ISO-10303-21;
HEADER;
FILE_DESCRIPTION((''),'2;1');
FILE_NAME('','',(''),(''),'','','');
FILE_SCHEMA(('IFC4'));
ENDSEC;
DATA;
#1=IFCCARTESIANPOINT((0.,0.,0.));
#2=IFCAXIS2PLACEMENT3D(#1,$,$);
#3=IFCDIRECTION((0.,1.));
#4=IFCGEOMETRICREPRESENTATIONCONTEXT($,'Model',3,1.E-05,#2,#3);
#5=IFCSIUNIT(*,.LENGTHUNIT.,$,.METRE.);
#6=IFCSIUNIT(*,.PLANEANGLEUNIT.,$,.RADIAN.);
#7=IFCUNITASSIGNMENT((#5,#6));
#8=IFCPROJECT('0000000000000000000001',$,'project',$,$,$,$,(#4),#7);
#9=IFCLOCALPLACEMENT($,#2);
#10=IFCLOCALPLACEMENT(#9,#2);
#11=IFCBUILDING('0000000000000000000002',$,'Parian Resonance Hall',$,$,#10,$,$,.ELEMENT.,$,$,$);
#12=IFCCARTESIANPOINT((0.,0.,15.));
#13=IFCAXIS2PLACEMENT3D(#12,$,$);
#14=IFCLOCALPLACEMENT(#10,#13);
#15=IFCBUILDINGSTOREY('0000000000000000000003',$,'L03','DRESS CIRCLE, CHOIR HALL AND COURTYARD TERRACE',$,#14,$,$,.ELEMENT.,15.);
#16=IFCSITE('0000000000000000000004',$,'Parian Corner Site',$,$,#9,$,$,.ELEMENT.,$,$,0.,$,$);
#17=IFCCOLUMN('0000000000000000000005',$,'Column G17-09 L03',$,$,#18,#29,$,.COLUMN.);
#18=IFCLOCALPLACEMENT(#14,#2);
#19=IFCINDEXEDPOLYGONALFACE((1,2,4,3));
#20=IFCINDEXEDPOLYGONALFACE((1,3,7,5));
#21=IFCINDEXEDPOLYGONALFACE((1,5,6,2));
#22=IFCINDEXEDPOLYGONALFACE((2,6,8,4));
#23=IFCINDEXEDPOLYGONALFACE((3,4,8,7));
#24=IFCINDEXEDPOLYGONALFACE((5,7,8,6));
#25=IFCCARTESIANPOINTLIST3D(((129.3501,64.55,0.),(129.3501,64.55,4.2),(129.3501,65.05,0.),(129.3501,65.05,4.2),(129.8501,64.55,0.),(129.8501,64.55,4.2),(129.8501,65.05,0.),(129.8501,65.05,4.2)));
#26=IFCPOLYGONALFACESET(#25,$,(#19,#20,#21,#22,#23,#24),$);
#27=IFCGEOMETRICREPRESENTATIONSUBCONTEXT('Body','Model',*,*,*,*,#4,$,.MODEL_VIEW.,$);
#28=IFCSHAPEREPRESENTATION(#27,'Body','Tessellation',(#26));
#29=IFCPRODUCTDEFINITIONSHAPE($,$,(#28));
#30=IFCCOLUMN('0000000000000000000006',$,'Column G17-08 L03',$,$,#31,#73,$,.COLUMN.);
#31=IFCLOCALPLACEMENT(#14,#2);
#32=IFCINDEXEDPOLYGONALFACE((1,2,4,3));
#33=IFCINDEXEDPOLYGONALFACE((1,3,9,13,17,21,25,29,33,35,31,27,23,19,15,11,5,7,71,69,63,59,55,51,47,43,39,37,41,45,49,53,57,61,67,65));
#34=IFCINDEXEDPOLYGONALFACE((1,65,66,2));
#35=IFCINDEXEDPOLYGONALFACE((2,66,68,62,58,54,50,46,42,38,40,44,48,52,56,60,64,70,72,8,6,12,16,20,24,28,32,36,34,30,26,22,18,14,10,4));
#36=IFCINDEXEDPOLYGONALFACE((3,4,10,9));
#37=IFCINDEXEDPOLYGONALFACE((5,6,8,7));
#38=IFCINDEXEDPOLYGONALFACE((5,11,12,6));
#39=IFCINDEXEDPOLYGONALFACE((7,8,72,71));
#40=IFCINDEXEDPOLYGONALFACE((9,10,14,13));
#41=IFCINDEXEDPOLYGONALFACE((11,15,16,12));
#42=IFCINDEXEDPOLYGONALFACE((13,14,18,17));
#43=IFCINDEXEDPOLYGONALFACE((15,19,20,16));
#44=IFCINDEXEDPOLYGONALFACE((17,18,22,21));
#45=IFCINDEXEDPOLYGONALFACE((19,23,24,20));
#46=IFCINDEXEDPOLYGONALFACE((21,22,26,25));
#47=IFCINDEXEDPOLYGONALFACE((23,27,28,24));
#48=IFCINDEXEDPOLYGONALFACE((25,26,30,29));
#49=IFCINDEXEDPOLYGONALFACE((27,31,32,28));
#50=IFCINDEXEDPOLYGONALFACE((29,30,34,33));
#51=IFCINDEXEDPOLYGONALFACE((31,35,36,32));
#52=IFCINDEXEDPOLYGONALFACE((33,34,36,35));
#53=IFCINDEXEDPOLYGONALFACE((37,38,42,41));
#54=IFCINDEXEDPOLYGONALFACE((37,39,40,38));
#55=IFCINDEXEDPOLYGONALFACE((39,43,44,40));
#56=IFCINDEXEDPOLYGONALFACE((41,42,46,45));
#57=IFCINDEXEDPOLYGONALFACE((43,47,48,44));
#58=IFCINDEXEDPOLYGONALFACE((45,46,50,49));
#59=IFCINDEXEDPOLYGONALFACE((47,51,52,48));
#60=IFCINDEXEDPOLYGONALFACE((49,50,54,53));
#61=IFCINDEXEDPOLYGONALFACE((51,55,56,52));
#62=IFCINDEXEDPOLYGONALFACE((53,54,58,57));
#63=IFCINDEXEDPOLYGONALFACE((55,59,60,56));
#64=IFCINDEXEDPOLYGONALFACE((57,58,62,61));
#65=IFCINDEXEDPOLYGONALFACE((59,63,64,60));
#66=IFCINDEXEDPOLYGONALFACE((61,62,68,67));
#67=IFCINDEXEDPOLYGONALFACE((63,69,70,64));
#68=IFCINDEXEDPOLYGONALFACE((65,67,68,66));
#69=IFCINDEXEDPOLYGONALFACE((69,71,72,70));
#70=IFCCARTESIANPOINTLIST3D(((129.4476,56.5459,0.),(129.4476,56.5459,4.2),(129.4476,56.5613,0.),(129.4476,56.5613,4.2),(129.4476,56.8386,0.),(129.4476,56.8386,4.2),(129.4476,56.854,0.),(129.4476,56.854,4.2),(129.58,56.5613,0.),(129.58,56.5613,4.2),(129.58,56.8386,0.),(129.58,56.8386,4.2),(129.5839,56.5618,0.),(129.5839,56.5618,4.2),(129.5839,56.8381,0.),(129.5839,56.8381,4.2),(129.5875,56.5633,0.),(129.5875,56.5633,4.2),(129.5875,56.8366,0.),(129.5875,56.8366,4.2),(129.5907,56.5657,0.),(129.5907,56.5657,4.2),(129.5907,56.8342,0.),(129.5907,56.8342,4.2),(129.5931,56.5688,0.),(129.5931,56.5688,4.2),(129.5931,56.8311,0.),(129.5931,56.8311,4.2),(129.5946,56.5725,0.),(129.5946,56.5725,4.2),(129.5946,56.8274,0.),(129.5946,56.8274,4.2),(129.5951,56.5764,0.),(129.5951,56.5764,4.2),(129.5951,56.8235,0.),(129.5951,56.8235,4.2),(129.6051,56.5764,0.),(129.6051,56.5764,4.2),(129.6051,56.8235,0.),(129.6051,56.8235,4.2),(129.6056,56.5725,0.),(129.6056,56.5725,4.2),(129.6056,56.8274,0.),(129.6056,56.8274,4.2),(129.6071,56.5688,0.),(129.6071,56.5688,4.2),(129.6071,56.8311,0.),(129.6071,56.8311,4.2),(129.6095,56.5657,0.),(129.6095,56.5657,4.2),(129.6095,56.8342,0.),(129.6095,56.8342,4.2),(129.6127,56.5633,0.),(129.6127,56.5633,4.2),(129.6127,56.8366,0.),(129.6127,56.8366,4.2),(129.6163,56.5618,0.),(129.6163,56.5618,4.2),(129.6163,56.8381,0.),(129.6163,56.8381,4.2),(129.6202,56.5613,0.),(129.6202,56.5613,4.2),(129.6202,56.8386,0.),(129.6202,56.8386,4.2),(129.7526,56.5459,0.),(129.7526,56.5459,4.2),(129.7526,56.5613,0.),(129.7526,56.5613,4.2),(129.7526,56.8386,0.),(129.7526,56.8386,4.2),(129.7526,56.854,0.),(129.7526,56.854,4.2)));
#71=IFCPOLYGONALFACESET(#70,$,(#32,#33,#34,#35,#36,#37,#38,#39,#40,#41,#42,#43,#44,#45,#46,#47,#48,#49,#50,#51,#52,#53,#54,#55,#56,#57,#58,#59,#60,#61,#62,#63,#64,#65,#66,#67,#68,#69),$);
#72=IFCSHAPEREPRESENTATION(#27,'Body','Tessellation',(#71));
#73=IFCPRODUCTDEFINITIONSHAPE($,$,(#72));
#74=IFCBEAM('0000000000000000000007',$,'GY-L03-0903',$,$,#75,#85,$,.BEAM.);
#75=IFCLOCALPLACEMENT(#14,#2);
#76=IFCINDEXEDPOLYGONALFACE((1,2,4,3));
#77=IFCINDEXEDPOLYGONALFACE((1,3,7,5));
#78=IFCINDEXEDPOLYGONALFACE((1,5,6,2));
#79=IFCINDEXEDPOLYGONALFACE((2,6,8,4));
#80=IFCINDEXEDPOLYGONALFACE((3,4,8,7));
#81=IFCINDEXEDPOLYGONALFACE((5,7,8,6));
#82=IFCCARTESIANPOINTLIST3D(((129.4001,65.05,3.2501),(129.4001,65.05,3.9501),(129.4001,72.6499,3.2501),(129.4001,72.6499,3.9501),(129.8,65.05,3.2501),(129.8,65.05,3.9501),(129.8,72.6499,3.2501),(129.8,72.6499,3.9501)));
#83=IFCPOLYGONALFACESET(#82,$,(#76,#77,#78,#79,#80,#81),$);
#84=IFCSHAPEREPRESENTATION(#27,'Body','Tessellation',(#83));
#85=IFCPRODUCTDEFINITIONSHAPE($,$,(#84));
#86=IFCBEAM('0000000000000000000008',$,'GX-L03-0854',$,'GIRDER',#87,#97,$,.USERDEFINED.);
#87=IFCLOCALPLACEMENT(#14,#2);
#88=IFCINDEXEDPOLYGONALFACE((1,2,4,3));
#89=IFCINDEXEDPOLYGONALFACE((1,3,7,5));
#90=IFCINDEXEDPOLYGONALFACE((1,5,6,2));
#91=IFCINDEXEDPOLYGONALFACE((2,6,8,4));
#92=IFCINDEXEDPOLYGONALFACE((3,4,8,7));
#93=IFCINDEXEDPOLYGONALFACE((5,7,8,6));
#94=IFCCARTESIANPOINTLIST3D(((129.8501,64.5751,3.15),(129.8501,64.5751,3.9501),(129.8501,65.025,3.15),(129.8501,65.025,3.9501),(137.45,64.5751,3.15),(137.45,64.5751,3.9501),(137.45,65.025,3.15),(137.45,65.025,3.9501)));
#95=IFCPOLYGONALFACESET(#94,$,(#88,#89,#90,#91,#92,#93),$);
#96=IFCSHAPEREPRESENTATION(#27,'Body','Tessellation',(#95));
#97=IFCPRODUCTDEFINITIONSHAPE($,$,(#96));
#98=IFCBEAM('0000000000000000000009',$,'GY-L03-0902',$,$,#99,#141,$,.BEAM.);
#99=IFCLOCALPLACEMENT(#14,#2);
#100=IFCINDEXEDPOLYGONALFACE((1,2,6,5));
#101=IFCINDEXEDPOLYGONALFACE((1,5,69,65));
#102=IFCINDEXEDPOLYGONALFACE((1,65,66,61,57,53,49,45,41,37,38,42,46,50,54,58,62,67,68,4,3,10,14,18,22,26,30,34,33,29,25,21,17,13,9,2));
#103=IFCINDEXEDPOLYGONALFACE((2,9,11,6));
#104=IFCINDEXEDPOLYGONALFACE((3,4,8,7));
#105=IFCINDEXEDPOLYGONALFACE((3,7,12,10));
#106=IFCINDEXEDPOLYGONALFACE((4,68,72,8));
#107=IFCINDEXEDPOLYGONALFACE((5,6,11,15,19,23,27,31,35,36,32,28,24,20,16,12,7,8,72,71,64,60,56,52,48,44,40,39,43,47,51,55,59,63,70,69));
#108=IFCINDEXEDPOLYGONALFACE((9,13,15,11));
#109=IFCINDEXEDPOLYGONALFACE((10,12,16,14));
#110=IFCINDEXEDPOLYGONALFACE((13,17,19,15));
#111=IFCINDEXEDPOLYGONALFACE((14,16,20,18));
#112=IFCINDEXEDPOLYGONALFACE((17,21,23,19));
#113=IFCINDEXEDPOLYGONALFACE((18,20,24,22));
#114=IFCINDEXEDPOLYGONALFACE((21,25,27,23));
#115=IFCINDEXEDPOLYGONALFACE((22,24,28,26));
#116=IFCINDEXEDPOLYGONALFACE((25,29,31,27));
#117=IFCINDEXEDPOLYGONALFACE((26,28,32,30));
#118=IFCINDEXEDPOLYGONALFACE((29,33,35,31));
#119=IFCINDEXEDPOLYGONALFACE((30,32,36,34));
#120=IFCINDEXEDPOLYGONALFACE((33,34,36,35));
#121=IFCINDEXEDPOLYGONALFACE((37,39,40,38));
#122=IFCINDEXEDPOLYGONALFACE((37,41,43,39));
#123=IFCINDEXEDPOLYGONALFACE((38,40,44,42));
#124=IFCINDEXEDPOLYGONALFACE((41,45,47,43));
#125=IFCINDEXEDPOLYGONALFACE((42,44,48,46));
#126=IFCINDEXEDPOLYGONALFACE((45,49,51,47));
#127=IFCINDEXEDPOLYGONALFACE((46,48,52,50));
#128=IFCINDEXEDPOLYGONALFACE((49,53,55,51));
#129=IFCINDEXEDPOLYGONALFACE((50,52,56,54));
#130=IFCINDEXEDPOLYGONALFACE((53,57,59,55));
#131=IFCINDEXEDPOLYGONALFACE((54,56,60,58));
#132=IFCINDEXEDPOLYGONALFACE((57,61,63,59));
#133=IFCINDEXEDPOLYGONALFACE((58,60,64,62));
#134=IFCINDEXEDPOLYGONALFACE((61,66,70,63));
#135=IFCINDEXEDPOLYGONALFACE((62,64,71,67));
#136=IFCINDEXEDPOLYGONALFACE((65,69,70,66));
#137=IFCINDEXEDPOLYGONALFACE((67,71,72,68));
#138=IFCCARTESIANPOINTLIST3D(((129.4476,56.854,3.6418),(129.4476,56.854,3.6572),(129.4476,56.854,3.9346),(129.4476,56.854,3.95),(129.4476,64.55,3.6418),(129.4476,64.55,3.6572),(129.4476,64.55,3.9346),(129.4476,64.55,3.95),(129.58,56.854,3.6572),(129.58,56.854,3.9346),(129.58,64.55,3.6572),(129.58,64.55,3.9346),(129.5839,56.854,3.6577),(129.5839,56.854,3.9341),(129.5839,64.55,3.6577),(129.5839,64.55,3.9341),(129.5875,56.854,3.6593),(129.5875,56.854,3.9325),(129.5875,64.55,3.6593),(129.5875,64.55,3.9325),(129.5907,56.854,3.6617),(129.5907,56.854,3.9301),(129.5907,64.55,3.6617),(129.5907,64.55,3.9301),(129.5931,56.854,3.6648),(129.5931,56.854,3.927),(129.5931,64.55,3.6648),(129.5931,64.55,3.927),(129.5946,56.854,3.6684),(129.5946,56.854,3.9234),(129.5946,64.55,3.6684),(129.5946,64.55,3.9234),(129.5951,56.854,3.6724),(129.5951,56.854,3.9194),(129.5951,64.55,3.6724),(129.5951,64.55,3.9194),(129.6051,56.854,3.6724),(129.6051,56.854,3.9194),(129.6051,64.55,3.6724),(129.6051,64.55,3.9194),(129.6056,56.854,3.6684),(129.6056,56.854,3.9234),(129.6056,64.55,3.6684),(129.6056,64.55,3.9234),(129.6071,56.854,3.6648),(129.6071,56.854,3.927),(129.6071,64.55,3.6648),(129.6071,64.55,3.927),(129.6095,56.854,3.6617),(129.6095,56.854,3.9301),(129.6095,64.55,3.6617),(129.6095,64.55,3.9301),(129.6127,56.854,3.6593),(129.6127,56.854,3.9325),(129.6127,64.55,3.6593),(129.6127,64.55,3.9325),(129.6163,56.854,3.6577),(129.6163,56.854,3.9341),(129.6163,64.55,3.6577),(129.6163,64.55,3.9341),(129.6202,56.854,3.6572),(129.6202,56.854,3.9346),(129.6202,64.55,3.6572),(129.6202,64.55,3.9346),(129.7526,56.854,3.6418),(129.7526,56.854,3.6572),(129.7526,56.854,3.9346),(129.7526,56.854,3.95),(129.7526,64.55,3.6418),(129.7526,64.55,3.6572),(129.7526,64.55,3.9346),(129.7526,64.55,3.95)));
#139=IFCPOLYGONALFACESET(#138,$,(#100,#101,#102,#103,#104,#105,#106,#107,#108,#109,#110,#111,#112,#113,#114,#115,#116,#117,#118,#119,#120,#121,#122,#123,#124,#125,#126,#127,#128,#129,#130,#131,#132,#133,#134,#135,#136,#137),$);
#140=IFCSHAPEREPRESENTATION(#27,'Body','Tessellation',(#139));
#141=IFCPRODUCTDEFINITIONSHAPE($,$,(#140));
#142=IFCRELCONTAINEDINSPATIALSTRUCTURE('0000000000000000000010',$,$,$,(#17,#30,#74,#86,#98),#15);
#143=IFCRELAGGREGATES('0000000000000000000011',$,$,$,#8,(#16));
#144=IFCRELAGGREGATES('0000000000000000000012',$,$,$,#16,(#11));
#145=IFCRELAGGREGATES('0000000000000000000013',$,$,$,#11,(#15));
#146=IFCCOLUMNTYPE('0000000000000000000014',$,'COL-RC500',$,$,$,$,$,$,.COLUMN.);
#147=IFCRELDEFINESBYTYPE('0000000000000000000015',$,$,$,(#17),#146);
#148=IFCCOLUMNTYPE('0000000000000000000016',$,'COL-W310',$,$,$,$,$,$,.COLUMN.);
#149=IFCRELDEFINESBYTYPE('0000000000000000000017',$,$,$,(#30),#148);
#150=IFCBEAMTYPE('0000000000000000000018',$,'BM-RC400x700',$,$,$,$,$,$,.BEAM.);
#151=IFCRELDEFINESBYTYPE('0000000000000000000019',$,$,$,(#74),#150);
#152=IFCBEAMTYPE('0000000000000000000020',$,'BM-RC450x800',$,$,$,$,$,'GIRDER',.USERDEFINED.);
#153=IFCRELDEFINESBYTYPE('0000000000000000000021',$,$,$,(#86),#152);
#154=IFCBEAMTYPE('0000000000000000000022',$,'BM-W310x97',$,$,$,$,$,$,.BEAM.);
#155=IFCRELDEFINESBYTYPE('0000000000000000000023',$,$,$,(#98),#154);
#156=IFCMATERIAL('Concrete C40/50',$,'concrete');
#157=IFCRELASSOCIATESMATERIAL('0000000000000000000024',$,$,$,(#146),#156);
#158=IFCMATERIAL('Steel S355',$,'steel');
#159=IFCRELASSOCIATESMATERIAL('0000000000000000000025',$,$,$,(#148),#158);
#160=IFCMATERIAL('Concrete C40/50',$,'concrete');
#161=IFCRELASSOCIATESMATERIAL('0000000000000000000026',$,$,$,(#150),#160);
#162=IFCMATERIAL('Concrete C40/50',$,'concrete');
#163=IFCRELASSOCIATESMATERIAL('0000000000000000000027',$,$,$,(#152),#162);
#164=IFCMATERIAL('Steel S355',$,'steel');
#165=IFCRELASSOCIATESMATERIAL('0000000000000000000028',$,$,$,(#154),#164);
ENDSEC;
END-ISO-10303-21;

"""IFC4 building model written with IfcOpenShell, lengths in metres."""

from ifc_helpers import new_model, si_unit, direction, frame, origin, origin_2d, place, context, subcontext, project, spatial, rectangle, i_section, extrude, material, material_profile, profile_set, type_object, element, save


model = new_model("IFC4")

# Units and contexts
model_context = context("Model", 3, precision=1e-05, world=origin(), true_north=direction((0.0, 1.0)))
body_context = subcontext(model_context, "Body", "Model", "MODEL_VIEW")
ifc_project = project(units=[si_unit("LENGTHUNIT", "METRE"), si_unit("PLANEANGLEUNIT", "RADIAN")], contexts=[model_context])

# Site, building, storey
site_placement = place(None, origin())
site = spatial("IfcSite", under=ifc_project, at=site_placement, Name="Parian Corner Site", CompositionType="ELEMENT", RefElevation=0.0)
building_placement = place(site_placement, origin())
building = spatial("IfcBuilding", under=site, at=building_placement, Name="Parian Resonance Hall", CompositionType="ELEMENT")
storey_placement = place(building_placement, frame((0.0, 0.0, 15.0)))
storey = spatial("IfcBuildingStorey", under=building, at=storey_placement, Name="L03", Description="DRESS CIRCLE, CHOIR HALL AND COURTYARD TERRACE", CompositionType="ELEMENT", Elevation=15.0)

# Columns
ifc_material_1 = material(Name="Concrete C40/50", Category="concrete")
ifc_material_profile_1 = material_profile(ifc_material_1, rectangle(XDim=0.5, YDim=0.5, at=origin_2d()), Name="RC-COL-500x500")
ifc_profile_set_1 = profile_set([ifc_material_profile_1], Name="Concrete C40/50")
column_type_1 = type_object("IfcColumnType", Name="COL-RC500", PredefinedType="COLUMN", material=ifc_profile_set_1)
column_1_placement = place(storey_placement, frame((129.6001, 64.8, 0.0), z_axis=(0.0, 0.0, 1.0), x_axis=(1.0, 0.0, 0.0)))
element("IfcColumn", 1, at=column_1_placement, inside=storey, type_object=column_type_1, Name="Column G17-09 L03", PredefinedType="COLUMN", context=body_context, shape_type="SweptSolid", body=[
    extrude(rectangle(XDim=0.5, YDim=0.5, at=origin_2d()), origin(), (0.0, 0.0, 1.0), 4.2),
])
ifc_material_2 = material(Name="Steel S355", Category="steel")
ifc_material_profile_2 = material_profile(ifc_material_2, i_section(OverallWidth=0.3049, OverallDepth=0.3081, WebThickness=0.01, FlangeThickness=0.0154, FilletRadius=0.0151, at=origin_2d()), Name="W310x97")
ifc_profile_set_2 = profile_set([ifc_material_profile_2], Name="Steel S355")
column_type_2 = type_object("IfcColumnType", Name="COL-W310", PredefinedType="COLUMN", material=ifc_profile_set_2)
column_2_placement = place(storey_placement, frame((129.6001, 56.7, 0.0), z_axis=(0.0, 0.0, 1.0), x_axis=(1.0, 0.0, 0.0)))
element("IfcColumn", 2, at=column_2_placement, inside=storey, type_object=column_type_2, Name="Column G17-08 L03", PredefinedType="COLUMN", context=body_context, shape_type="SweptSolid", body=[
    extrude(i_section(OverallWidth=0.3049, OverallDepth=0.3081, WebThickness=0.01, FlangeThickness=0.0154, FilletRadius=0.0151, at=origin_2d()), origin(), (0.0, 0.0, 1.0), 4.2),
])

# Beams
ifc_material_3 = material(Name="Concrete C40/50", Category="concrete")
ifc_material_profile_3 = material_profile(ifc_material_3, rectangle(XDim=0.3999, YDim=0.7, at=origin_2d()), Name="RC-BM-400x700")
ifc_profile_set_3 = profile_set([ifc_material_profile_3], Name="Concrete C40/50")
beam_type_1 = type_object("IfcBeamType", Name="BM-RC400x700", PredefinedType="BEAM", material=ifc_profile_set_3)
beam_1_placement = place(storey_placement, frame((129.6001, 65.05, 3.6001), z_axis=(0.0, 1.0, 0.0), x_axis=(-1.0, 0.0, 0.0)))
element("IfcBeam", 3, at=beam_1_placement, inside=storey, type_object=beam_type_1, Name="GY-L03-0903", PredefinedType="BEAM", context=body_context, shape_type="SweptSolid", body=[
    extrude(rectangle(XDim=0.3999, YDim=0.7, at=origin_2d()), origin(), (0.0, 0.0, 1.0), 7.5999),
])
ifc_material_4 = material(Name="Concrete C40/50", Category="concrete")
ifc_material_profile_4 = material_profile(ifc_material_4, rectangle(XDim=0.45, YDim=0.8, at=origin_2d()), Name="RC-BM-450x800")
ifc_profile_set_4 = profile_set([ifc_material_profile_4], Name="Concrete C40/50")
beam_type_2 = type_object("IfcBeamType", Name="BM-RC450x800", ElementType="GIRDER", PredefinedType="USERDEFINED", material=ifc_profile_set_4)
beam_2_placement = place(storey_placement, frame((129.8501, 64.8, 3.55), z_axis=(1.0, 0.0, 0.0), x_axis=(0.0, 1.0, 0.0)))
element("IfcBeam", 4, at=beam_2_placement, inside=storey, type_object=beam_type_2, Name="GX-L03-0854", ObjectType="GIRDER", PredefinedType="USERDEFINED", context=body_context, shape_type="SweptSolid", body=[
    extrude(rectangle(XDim=0.45, YDim=0.8, at=origin_2d()), origin(), (0.0, 0.0, 1.0), 7.5999),
])
ifc_material_5 = material(Name="Steel S355", Category="steel")
ifc_material_profile_5 = material_profile(ifc_material_5, i_section(OverallWidth=0.3049, OverallDepth=0.3081, WebThickness=0.01, FlangeThickness=0.0154, FilletRadius=0.0151, at=origin_2d()), Name="W310x97")
ifc_profile_set_5 = profile_set([ifc_material_profile_5], Name="Steel S355")
beam_type_3 = type_object("IfcBeamType", Name="BM-W310x97", PredefinedType="BEAM", material=ifc_profile_set_5)
beam_3_placement = place(storey_placement, frame((129.6001, 56.854, 3.7959), z_axis=(0.0, 1.0, 0.0), x_axis=(-1.0, 0.0, 0.0)))
element("IfcBeam", 5, at=beam_3_placement, inside=storey, type_object=beam_type_3, Name="GY-L03-0902", PredefinedType="BEAM", context=body_context, shape_type="SweptSolid", body=[
    extrude(i_section(OverallWidth=0.3049, OverallDepth=0.3081, WebThickness=0.01, FlangeThickness=0.0154, FilletRadius=0.0151, at=origin_2d()), origin(), (0.0, 0.0, 1.0), 7.696),
])

save(model, "model.ifc")
